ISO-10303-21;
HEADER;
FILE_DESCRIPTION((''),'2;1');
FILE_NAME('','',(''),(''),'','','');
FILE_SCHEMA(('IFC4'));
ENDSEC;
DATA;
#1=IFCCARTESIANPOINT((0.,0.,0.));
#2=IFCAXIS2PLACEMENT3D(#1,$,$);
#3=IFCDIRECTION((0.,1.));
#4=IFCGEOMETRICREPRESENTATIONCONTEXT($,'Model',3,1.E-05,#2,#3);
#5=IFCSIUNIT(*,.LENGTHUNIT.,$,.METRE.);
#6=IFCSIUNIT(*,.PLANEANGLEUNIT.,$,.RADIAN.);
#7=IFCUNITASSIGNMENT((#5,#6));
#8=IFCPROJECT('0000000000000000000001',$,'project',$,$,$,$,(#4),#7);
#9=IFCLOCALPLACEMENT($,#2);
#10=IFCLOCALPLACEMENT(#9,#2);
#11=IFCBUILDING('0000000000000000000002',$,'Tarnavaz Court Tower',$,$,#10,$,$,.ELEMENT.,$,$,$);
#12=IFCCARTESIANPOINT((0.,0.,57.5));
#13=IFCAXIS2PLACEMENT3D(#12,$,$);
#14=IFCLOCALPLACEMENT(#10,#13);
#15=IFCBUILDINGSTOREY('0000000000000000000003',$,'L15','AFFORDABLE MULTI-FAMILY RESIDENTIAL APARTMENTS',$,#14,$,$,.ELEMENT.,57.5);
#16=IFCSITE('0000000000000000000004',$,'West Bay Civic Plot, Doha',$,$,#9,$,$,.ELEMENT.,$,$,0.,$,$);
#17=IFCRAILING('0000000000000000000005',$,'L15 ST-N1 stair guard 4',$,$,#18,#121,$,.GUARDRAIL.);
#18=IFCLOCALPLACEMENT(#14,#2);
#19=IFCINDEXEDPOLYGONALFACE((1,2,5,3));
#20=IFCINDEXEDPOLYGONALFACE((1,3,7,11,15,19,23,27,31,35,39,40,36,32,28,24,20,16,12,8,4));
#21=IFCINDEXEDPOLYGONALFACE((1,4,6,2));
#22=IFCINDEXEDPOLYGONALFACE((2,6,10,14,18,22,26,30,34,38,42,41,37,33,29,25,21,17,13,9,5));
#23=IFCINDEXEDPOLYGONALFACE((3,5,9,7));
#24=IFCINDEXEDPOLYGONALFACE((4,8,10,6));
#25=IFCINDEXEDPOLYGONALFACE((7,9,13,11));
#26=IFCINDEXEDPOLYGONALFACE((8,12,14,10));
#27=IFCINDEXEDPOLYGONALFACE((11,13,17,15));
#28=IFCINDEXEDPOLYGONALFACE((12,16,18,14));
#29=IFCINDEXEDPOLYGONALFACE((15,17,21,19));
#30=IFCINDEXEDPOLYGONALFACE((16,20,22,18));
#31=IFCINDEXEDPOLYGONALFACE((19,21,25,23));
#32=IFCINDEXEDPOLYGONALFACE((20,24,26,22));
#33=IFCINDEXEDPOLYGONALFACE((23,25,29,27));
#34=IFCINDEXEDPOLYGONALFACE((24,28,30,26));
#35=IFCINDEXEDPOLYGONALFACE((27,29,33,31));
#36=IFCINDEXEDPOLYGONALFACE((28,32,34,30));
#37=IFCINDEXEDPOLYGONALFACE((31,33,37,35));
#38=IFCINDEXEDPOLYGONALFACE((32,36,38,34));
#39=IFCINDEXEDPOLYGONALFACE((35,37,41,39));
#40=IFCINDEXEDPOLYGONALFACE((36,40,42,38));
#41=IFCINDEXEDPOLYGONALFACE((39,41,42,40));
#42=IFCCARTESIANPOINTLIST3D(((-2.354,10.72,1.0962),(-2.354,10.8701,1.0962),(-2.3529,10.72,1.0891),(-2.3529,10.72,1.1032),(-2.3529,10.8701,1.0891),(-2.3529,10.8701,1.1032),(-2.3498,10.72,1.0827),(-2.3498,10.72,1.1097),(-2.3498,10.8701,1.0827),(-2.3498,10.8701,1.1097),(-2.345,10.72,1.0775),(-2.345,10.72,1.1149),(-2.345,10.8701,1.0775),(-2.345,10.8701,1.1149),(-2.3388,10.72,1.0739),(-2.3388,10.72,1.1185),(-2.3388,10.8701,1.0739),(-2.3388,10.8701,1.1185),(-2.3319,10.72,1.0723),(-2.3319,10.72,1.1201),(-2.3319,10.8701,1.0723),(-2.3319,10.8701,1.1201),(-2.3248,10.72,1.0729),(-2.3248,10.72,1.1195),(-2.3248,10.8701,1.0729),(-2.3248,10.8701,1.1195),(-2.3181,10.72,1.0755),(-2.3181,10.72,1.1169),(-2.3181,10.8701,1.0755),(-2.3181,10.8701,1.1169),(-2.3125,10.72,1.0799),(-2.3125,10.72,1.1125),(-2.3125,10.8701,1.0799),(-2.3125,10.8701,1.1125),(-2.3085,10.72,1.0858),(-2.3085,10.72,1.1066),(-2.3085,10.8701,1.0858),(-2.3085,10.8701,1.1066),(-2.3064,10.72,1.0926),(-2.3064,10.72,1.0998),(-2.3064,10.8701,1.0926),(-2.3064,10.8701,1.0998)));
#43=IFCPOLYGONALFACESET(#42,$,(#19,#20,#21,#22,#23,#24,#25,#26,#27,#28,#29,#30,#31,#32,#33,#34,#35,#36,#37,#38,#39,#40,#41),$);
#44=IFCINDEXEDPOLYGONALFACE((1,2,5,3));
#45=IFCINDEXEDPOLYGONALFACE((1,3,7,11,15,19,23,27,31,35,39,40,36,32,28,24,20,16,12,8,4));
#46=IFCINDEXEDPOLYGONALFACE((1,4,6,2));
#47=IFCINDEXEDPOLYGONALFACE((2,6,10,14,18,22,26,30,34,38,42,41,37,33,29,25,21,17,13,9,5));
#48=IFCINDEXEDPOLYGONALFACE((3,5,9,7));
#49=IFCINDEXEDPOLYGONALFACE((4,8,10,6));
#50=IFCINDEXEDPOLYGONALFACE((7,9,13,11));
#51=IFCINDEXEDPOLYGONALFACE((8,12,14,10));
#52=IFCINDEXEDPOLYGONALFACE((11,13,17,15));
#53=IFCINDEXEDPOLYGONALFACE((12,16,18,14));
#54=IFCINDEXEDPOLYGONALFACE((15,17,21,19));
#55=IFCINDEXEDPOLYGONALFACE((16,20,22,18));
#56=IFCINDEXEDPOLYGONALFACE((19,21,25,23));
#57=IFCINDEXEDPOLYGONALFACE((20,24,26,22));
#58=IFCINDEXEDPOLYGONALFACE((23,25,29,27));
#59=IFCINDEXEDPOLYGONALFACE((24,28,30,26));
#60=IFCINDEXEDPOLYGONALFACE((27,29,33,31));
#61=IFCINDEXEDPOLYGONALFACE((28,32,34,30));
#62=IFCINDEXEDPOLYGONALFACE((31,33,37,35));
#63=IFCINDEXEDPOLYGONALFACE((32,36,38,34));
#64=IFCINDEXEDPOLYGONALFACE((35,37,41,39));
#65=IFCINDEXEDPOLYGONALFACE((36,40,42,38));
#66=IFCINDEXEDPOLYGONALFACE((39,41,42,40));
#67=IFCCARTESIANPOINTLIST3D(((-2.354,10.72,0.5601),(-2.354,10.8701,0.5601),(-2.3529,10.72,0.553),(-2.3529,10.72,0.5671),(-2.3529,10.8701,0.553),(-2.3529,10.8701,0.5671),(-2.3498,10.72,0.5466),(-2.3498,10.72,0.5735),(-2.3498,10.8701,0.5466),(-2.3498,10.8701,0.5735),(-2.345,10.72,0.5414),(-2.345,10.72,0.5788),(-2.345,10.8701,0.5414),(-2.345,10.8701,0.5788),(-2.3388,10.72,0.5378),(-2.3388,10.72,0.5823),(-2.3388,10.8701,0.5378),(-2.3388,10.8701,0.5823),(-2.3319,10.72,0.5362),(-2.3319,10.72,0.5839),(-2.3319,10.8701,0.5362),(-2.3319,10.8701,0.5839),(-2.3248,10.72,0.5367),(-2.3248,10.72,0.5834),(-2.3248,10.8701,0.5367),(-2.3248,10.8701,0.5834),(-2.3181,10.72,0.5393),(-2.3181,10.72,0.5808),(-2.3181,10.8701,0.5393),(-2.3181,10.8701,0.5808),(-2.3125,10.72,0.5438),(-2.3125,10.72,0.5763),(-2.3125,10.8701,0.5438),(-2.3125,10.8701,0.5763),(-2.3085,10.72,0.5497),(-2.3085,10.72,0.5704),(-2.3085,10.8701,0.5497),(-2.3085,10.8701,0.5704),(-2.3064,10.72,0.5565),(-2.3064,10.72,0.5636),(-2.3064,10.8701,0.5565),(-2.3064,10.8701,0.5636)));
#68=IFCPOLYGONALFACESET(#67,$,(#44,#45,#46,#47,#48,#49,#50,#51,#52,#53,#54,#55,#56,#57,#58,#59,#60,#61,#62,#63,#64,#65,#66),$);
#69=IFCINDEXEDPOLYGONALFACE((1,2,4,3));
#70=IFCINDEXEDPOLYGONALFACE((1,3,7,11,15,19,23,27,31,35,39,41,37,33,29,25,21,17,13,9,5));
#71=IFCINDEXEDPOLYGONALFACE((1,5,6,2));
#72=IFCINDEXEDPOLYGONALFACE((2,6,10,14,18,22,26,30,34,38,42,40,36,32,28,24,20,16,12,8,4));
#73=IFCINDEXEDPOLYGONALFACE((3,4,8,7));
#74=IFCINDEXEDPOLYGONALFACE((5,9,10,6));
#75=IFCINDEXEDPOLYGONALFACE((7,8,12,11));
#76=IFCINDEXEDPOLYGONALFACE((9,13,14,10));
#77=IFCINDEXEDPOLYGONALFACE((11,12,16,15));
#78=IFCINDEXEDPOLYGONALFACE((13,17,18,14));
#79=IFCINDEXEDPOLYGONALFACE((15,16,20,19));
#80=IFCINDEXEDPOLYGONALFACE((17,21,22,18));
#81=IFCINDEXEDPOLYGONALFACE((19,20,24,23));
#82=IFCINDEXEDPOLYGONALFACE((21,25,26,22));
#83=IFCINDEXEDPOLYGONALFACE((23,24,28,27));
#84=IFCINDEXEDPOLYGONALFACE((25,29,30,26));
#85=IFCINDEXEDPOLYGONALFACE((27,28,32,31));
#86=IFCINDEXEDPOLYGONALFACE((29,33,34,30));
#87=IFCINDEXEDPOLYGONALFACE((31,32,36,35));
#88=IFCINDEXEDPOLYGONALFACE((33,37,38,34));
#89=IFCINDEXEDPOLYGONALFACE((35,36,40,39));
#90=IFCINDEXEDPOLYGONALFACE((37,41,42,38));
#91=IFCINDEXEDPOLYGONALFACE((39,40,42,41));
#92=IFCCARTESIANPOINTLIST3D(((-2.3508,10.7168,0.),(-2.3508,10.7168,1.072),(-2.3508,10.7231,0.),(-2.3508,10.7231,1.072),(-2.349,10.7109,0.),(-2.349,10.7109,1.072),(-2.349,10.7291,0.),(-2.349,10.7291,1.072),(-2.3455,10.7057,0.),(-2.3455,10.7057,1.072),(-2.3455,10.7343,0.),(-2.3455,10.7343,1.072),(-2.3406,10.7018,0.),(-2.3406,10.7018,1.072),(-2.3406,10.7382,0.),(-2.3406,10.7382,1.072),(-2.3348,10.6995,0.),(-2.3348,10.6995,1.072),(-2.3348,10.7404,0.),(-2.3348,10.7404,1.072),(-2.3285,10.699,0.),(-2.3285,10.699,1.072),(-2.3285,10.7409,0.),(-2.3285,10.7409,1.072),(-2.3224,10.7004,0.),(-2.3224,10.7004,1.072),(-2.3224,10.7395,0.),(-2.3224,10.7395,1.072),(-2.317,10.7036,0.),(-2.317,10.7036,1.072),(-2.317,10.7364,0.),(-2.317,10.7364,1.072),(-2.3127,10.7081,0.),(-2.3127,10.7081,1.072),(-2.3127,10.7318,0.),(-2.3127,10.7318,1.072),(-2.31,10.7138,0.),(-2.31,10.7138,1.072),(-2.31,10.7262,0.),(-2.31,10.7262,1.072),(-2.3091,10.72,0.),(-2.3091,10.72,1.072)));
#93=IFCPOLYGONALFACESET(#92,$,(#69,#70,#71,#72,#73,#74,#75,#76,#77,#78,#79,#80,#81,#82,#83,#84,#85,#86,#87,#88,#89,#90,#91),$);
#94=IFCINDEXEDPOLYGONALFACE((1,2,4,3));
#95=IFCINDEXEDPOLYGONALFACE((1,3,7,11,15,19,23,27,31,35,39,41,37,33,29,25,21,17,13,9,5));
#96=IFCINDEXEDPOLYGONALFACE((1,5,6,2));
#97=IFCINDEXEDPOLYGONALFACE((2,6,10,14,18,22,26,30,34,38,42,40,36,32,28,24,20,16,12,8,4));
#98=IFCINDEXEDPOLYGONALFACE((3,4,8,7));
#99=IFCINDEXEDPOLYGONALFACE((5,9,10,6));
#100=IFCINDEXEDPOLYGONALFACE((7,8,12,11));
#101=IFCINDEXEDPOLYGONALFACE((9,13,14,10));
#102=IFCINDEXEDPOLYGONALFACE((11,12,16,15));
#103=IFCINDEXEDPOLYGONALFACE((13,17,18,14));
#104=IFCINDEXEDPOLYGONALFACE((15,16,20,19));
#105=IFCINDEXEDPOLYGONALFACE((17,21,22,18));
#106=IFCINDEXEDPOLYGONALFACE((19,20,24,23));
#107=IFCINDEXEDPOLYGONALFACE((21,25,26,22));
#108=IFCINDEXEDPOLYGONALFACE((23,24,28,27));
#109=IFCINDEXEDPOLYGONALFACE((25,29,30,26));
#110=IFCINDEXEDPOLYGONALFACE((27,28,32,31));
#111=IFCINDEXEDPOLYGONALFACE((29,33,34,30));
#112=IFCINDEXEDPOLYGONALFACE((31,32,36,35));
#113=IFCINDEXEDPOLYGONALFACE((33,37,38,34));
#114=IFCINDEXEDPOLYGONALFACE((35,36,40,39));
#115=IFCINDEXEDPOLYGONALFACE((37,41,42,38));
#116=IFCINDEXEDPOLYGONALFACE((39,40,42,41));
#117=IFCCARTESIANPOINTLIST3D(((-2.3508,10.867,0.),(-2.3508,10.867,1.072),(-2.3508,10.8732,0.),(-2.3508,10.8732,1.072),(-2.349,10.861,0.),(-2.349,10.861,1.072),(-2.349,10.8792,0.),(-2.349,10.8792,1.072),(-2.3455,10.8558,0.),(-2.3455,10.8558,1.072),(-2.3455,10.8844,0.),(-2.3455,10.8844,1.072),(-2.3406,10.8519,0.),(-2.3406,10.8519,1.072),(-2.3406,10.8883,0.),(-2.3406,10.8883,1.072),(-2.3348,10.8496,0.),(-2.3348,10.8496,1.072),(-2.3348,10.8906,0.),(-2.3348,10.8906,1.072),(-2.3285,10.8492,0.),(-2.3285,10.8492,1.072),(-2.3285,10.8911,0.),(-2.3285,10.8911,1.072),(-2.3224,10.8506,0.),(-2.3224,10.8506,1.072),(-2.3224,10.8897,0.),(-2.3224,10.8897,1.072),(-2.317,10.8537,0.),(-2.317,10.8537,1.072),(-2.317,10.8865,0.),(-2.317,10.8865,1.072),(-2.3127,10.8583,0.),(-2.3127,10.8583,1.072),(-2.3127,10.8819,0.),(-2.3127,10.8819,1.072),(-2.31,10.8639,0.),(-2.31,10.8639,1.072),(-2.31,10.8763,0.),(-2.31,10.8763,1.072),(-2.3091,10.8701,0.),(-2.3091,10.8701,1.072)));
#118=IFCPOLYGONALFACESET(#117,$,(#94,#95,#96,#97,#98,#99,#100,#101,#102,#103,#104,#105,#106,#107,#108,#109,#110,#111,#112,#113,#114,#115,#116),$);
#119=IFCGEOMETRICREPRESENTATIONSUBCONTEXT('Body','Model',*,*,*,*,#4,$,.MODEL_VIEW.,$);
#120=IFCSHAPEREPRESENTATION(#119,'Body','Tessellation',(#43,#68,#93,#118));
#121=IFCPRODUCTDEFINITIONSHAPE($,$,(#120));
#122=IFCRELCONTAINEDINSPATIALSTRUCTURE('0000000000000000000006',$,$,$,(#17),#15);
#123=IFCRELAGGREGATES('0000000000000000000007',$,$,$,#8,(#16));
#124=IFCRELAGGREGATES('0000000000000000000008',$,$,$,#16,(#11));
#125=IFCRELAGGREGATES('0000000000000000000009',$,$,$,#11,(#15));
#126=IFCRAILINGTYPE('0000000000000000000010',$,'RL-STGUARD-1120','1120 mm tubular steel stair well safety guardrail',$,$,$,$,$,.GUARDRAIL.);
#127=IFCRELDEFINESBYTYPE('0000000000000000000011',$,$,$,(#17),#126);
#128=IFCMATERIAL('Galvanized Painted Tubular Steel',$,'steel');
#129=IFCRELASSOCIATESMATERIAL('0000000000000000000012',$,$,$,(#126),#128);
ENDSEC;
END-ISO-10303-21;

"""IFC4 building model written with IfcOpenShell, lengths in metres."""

from ifc_helpers import new_model, si_unit, direction, frame, origin, origin_2d, place, context, subcontext, project, spatial, circle, extrude, material, type_object, element, save


model = new_model("IFC4")

# Units and contexts
model_context = context("Model", 3, precision=1e-05, world=origin(), true_north=direction((0.0, 1.0)))
body_context = subcontext(model_context, "Body", "Model", "MODEL_VIEW")
ifc_project = project(units=[si_unit("LENGTHUNIT", "METRE"), si_unit("PLANEANGLEUNIT", "RADIAN")], contexts=[model_context])

# Site, building, storey
site_placement = place(None, origin())
site = spatial("IfcSite", under=ifc_project, at=site_placement, Name="West Bay Civic Plot, Doha", CompositionType="ELEMENT", RefElevation=0.0)
building_placement = place(site_placement, origin())
building = spatial("IfcBuilding", under=site, at=building_placement, Name="Tarnavaz Court Tower", CompositionType="ELEMENT")
storey_placement = place(building_placement, frame((0.0, 0.0, 57.5)))
storey = spatial("IfcBuildingStorey", under=building, at=storey_placement, Name="L15", Description="AFFORDABLE MULTI-FAMILY RESIDENTIAL APARTMENTS", CompositionType="ELEMENT", Elevation=57.5)

# Railing
ifc_material_1 = material(Name="Galvanized Painted Tubular Steel", Category="steel")
railing_type_1 = type_object("IfcRailingType", Name="RL-STGUARD-1120", Description="1120 mm tubular steel stair well safety guardrail", PredefinedType="GUARDRAIL", material=ifc_material_1)
railing_1_placement = place(storey_placement, frame((-2.3301, 10.72, 0.0)))
element("IfcRailing", 1, at=railing_1_placement, inside=storey, type_object=railing_type_1, Name="L15 ST-N1 stair guard 4", PredefinedType="GUARDRAIL", context=body_context, shape_type="SweptSolid", body=[
    extrude(circle(Radius=0.0239, at=origin_2d()), frame((0.0, 0.0, 1.0962), z_axis=(0.0, 1.0, 0.0), x_axis=(-1.0, 0.0, 0.0)), (0.0, 0.0, 1.0), 0.1501),
    extrude(circle(Radius=0.0239, at=origin_2d()), frame((0.0, 0.0, 0.5601), z_axis=(0.0, 1.0, 0.0), x_axis=(-1.0, 0.0, 0.0)), (0.0, 0.0, 1.0), 0.1501),
    extrude(circle(Radius=0.021, at=origin_2d()), origin(), (0.0, 0.0, 1.0), 1.072),
    extrude(circle(Radius=0.021, at=origin_2d()), frame((0.0, 0.1501, 0.0)), (0.0, 0.0, 1.0), 1.072),
])

save(model, "model.ifc")
